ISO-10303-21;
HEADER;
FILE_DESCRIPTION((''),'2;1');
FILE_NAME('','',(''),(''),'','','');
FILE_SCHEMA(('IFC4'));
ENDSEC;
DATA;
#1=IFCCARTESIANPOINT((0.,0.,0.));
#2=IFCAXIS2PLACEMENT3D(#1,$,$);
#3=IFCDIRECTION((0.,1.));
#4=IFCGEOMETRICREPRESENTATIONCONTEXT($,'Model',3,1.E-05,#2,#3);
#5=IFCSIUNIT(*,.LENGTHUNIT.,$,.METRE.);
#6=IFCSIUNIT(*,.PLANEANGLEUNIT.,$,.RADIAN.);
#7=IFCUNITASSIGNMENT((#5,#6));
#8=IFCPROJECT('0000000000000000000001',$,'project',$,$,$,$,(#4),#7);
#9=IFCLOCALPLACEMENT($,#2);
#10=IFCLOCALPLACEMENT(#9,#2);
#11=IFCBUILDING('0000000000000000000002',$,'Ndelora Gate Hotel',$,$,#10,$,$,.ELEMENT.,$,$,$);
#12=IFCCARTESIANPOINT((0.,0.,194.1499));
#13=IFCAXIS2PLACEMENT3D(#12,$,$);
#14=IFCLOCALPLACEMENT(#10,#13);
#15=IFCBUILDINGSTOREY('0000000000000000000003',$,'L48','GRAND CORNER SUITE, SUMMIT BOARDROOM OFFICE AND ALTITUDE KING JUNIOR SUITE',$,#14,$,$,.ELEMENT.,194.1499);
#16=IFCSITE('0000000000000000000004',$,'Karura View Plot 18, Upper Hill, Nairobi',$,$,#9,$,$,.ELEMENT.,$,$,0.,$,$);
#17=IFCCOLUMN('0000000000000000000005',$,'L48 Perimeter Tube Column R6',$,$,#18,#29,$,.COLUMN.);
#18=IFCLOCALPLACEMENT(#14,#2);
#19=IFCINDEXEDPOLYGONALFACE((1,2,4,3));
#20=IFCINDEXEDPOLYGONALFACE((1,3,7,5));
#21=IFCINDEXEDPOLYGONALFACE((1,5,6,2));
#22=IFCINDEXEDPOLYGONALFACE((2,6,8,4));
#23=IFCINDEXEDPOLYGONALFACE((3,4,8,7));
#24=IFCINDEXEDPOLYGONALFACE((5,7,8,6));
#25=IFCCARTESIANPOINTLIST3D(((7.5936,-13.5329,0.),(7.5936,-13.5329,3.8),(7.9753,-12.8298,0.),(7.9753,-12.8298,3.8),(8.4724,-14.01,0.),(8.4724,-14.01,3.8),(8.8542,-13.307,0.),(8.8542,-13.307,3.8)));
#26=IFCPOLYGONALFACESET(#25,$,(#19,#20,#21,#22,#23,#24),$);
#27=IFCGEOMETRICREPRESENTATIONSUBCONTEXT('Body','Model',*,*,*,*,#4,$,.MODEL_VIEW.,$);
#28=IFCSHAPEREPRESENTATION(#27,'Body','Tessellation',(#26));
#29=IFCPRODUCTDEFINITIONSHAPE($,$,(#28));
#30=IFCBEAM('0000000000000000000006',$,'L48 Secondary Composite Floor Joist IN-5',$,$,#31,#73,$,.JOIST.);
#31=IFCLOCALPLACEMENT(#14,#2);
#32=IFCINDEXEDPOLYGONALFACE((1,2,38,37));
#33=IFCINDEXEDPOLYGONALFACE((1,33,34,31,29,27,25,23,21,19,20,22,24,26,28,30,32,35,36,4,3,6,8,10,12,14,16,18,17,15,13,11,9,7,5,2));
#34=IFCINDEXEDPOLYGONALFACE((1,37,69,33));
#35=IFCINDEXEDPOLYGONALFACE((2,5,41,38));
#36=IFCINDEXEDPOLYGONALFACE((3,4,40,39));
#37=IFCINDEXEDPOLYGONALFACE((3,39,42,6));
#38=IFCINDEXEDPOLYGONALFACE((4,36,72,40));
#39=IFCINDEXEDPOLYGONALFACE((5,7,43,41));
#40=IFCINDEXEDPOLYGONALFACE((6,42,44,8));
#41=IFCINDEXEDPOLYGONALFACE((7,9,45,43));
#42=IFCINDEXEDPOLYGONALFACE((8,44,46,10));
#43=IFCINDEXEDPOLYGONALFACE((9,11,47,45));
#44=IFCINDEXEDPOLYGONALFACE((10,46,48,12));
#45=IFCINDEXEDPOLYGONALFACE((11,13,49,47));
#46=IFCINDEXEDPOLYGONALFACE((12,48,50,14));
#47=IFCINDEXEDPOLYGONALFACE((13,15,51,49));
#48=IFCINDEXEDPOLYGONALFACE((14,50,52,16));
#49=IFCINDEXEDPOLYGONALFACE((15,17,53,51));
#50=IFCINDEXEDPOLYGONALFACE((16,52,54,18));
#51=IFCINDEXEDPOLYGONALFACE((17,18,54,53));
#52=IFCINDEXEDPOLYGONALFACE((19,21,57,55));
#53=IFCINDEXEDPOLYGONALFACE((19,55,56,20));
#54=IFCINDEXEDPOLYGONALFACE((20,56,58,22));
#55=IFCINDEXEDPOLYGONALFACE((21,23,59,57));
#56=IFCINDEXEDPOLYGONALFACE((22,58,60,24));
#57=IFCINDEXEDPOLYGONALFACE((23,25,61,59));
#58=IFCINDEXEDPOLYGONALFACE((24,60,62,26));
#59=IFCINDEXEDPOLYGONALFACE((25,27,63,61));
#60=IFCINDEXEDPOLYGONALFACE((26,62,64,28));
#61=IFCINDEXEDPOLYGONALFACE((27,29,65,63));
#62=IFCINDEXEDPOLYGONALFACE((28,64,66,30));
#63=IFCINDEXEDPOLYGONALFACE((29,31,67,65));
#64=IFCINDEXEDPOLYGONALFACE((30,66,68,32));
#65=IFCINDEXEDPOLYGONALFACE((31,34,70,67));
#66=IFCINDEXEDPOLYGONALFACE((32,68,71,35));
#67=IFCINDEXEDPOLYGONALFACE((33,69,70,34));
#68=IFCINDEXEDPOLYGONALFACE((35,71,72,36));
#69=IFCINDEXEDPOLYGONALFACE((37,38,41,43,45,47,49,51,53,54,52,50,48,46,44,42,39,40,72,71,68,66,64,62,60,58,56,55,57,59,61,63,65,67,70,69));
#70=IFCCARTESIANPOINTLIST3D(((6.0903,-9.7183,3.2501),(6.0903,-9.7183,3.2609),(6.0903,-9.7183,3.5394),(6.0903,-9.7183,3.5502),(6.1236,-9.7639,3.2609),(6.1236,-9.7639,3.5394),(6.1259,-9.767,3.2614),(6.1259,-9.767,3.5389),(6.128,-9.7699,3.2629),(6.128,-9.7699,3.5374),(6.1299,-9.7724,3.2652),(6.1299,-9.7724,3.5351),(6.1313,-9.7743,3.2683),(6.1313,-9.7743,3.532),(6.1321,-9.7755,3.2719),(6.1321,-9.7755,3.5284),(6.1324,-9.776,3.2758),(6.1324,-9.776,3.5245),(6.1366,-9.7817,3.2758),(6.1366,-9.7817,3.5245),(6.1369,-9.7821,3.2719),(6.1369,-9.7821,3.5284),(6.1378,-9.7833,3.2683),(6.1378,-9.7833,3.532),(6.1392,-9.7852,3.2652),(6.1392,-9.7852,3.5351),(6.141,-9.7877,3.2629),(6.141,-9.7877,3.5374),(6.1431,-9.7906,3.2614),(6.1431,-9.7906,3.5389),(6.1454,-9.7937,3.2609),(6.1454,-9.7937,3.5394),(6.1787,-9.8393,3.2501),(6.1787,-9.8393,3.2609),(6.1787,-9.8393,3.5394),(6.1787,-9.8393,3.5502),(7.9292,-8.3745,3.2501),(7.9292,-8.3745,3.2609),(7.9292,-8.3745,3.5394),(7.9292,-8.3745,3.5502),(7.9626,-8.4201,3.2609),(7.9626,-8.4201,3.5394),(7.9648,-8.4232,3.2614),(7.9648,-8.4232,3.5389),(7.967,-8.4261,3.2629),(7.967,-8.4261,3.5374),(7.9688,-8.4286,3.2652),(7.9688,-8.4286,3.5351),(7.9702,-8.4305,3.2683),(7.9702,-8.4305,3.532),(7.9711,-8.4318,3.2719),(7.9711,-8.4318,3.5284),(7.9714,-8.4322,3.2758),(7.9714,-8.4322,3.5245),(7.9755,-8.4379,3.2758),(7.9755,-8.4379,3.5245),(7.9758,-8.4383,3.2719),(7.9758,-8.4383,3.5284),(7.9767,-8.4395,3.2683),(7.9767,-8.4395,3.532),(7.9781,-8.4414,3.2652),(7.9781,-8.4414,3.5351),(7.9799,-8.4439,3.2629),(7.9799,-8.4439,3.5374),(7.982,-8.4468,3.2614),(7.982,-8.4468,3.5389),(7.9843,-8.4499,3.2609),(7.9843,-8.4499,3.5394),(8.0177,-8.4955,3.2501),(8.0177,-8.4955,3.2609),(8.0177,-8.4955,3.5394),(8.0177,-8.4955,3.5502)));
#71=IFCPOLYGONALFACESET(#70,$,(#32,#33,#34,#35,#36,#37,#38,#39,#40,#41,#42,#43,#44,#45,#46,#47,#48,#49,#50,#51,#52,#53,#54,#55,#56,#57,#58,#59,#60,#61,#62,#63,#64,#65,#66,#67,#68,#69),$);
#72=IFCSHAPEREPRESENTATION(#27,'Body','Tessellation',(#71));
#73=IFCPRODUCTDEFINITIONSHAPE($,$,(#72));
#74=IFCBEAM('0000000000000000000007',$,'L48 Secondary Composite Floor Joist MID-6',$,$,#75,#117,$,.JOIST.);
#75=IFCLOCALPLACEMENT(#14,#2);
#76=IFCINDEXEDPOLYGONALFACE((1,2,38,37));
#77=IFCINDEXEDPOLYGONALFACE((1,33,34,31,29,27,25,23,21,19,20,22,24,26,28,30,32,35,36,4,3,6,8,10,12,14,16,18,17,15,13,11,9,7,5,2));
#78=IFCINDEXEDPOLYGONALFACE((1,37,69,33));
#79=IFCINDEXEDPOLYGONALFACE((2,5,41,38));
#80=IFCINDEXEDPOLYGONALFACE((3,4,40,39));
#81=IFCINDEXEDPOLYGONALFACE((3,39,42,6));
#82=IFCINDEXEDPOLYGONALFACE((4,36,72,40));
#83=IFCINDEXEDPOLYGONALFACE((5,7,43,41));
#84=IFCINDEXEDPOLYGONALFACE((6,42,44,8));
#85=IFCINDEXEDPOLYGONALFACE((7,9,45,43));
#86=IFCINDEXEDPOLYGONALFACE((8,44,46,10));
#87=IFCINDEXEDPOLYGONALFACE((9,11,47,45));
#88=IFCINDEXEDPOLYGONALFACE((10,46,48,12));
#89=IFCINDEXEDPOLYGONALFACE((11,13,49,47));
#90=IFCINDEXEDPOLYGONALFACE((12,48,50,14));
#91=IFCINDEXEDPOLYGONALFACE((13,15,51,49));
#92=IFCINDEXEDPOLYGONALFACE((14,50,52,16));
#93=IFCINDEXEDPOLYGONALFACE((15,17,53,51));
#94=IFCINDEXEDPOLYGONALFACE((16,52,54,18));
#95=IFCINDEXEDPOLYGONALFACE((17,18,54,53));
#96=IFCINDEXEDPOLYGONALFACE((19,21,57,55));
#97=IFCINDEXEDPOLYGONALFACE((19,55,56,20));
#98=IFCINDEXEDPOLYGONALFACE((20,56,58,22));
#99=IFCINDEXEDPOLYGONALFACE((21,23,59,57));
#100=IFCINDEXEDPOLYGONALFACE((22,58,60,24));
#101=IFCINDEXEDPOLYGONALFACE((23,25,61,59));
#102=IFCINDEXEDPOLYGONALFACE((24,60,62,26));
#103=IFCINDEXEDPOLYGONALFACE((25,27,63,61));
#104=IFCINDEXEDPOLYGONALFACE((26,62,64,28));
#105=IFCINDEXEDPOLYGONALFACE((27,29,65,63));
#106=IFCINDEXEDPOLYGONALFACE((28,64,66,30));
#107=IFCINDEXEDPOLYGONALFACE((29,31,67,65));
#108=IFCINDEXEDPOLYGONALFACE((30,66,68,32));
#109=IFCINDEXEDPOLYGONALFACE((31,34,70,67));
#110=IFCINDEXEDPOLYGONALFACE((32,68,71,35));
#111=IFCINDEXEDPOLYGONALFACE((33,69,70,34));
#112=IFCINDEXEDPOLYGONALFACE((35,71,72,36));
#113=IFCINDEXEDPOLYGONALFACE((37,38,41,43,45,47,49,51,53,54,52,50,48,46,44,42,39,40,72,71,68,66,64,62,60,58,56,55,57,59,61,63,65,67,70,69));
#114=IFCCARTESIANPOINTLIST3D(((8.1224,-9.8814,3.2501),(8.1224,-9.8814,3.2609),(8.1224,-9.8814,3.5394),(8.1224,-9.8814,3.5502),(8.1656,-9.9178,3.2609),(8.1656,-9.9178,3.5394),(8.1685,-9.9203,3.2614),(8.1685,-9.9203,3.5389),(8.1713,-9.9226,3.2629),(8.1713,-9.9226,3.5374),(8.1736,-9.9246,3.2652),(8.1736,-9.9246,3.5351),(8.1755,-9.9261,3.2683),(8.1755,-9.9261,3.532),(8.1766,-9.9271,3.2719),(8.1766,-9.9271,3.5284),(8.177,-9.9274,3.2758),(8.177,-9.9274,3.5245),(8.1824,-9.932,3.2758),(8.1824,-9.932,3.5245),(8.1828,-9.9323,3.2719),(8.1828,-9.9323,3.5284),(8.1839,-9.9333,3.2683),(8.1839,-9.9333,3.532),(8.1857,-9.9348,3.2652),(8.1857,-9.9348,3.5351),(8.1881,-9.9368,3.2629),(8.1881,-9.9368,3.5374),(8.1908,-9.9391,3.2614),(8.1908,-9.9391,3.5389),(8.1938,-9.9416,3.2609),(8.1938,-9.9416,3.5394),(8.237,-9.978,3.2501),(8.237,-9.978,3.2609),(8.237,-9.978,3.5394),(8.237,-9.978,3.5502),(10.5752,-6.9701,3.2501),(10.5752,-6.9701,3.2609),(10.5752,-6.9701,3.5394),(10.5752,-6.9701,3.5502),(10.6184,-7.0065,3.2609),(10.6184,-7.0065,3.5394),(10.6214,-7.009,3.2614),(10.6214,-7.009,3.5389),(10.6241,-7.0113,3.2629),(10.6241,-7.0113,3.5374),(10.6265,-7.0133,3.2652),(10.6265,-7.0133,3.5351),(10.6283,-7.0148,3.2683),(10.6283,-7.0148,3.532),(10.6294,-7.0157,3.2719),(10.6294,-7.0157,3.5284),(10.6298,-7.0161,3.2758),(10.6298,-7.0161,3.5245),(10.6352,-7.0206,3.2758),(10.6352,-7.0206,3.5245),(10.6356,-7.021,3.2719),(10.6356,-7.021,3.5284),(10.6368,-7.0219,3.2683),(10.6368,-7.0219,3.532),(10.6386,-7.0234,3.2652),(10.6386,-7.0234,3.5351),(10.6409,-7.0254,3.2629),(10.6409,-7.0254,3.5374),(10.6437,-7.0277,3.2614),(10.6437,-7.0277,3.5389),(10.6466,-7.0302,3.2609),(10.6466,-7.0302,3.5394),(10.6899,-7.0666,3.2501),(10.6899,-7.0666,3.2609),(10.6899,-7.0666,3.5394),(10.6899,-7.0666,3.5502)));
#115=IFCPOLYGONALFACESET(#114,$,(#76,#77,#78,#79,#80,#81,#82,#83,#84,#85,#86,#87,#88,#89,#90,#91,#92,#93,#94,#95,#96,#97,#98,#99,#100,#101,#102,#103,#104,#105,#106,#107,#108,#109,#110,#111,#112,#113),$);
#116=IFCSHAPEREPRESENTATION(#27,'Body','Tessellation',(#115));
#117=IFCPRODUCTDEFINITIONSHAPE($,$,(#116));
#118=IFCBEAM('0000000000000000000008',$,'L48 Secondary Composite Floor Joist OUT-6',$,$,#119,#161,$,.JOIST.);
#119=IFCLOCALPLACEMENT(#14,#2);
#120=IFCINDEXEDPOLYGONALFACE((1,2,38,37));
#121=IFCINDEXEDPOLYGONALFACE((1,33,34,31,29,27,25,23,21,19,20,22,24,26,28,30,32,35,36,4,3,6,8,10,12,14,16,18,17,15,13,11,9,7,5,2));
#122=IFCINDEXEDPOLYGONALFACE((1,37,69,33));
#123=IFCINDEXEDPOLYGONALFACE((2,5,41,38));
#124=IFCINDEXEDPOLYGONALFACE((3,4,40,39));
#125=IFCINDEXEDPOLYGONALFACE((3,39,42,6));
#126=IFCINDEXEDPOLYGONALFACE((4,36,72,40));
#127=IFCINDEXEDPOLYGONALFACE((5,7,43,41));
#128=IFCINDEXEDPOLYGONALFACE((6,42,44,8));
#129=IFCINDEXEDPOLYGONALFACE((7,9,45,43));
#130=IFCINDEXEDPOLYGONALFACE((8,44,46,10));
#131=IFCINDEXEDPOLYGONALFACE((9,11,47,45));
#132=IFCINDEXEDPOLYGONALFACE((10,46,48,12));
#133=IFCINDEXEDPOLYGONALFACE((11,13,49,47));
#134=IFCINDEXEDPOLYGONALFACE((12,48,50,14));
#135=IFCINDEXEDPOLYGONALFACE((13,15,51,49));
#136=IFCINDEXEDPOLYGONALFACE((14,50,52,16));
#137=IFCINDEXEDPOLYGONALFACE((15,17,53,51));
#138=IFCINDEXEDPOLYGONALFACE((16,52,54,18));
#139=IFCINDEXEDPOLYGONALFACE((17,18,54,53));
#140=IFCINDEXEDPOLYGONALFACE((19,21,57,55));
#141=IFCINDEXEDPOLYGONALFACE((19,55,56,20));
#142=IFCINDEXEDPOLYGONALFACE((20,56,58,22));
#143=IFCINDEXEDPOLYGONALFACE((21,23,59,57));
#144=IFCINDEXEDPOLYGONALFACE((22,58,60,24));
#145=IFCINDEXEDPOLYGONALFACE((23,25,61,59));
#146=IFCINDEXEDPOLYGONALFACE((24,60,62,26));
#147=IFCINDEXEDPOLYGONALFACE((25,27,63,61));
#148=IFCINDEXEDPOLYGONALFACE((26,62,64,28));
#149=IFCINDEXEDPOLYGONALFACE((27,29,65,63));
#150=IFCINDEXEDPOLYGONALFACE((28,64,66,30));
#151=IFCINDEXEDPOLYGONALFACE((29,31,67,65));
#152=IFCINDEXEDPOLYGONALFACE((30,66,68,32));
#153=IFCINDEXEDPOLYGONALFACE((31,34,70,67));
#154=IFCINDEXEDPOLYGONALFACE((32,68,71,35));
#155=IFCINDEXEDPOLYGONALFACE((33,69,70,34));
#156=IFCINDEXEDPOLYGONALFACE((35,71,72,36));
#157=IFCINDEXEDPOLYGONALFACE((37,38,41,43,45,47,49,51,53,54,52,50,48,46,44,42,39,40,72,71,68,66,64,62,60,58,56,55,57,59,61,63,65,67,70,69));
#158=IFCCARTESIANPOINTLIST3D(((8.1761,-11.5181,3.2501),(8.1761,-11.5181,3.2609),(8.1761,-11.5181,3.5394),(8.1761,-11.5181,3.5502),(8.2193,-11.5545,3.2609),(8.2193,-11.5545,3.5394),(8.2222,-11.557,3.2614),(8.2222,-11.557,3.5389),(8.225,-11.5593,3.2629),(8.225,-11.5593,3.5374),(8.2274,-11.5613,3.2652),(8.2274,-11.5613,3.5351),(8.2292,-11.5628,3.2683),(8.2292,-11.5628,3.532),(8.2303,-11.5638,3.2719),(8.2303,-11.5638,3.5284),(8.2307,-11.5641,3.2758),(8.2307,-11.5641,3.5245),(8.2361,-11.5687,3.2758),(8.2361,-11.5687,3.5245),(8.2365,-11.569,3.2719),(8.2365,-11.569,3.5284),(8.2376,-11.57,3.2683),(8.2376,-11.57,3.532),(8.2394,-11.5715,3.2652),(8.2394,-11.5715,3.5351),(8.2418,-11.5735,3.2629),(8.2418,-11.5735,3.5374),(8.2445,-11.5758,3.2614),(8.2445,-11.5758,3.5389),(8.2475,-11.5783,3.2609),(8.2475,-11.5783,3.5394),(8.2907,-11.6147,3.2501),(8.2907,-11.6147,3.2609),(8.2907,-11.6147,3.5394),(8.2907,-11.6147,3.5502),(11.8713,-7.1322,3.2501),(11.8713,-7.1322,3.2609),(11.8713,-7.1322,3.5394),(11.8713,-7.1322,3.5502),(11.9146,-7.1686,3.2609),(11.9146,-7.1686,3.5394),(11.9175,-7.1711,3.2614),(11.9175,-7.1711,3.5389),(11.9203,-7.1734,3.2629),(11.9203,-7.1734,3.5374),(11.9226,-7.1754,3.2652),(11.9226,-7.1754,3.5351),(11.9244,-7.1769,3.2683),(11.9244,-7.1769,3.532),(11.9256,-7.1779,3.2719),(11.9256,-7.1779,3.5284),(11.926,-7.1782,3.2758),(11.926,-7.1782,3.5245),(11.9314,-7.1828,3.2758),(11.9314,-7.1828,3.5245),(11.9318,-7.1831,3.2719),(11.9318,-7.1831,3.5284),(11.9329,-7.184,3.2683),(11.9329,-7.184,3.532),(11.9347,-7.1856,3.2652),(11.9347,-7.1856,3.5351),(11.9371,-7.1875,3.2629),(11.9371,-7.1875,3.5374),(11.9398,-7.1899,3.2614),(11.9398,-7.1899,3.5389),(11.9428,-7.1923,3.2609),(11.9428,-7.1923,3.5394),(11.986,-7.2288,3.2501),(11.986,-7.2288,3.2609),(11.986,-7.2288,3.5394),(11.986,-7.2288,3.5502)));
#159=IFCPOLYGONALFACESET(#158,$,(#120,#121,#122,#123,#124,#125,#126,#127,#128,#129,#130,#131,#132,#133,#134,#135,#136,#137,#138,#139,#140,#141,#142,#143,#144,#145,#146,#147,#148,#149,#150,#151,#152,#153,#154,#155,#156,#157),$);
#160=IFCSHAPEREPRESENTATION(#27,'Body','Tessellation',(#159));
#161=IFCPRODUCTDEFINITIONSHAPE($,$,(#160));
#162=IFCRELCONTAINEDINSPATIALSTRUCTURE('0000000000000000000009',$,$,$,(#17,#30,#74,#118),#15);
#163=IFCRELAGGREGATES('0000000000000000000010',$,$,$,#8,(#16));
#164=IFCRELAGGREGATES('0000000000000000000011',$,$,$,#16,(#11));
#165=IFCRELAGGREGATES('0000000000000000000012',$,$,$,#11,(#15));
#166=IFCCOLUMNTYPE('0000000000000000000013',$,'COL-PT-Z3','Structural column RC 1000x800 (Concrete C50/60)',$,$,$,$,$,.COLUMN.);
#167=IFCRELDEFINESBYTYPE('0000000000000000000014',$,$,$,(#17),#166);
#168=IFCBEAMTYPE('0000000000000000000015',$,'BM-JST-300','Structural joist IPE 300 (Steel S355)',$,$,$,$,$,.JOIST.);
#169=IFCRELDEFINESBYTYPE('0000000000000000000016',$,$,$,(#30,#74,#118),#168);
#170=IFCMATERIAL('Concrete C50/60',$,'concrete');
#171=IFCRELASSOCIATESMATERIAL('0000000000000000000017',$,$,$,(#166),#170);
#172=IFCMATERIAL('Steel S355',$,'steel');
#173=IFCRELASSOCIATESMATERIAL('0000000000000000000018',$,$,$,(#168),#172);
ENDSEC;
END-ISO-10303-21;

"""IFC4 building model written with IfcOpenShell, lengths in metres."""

from ifc_helpers import new_model, si_unit, direction, frame, origin, origin_2d, place, context, subcontext, project, spatial, rectangle, i_section, extrude, material, material_profile, profile_set, type_object, element, save


model = new_model("IFC4")

# Units and contexts
model_context = context("Model", 3, precision=1e-05, world=origin(), true_north=direction((0.0, 1.0)))
body_context = subcontext(model_context, "Body", "Model", "MODEL_VIEW")
ifc_project = project(units=[si_unit("LENGTHUNIT", "METRE"), si_unit("PLANEANGLEUNIT", "RADIAN")], contexts=[model_context])

# Site, building, storey
site_placement = place(None, origin())
site = spatial("IfcSite", under=ifc_project, at=site_placement, Name="Karura View Plot 18, Upper Hill, Nairobi", CompositionType="ELEMENT", RefElevation=0.0)
building_placement = place(site_placement, origin())
building = spatial("IfcBuilding", under=site, at=building_placement, Name="Ndelora Gate Hotel", CompositionType="ELEMENT")
storey_placement = place(building_placement, frame((0.0, 0.0, 194.1499)))
storey = spatial("IfcBuildingStorey", under=building, at=storey_placement, Name="L48", Description="GRAND CORNER SUITE, SUMMIT BOARDROOM OFFICE AND ALTITUDE KING JUNIOR SUITE", CompositionType="ELEMENT", Elevation=194.1499)

# Column
ifc_material_1 = material(Name="Concrete C50/60", Category="concrete")
ifc_material_profile_1 = material_profile(ifc_material_1, rectangle(XDim=0.8, YDim=1.0, at=origin_2d()), Name="RC 1000x800")
ifc_profile_set_1 = profile_set([ifc_material_profile_1], Name="Concrete C50/60")
column_type = type_object("IfcColumnType", Name="COL-PT-Z3", Description="Structural column RC 1000x800 (Concrete C50/60)", PredefinedType="COLUMN", material=ifc_profile_set_1)
column_placement = place(storey_placement, frame((8.2239, -13.4199, 0.0), z_axis=(0.0, 0.0, 1.0), x_axis=(0.477159, 0.878817, 0.0)))
element("IfcColumn", 1, at=column_placement, inside=storey, type_object=column_type, Name="L48 Perimeter Tube Column R6", PredefinedType="COLUMN", context=body_context, shape_type="SweptSolid", body=[
    extrude(rectangle(XDim=0.8, YDim=1.0, at=origin_2d()), origin(), (0.0, 0.0, 1.0), 3.8),
])

# Beams
ifc_material_2 = material(Name="Steel S355", Category="steel")
ifc_material_profile_2 = material_profile(ifc_material_2, i_section(OverallWidth=0.1499, OverallDepth=0.3, WebThickness=0.0071, FlangeThickness=0.0107, FilletRadius=0.0149, at=origin_2d()), Name="IPE 300")
ifc_profile_set_2 = profile_set([ifc_material_profile_2], Name="Steel S355")
beam_type_1 = type_object("IfcBeamType", Name="BM-JST-300", Description="Structural joist IPE 300 (Steel S355)", PredefinedType="JOIST", material=ifc_profile_set_2)
beam_1_placement = place(storey_placement, frame((6.1345, -9.7788, 3.4001), z_axis=(0.807399, 0.590006, 0.0), x_axis=(-0.590006, 0.807399, 0.0)))
element("IfcBeam", 2, at=beam_1_placement, inside=storey, type_object=beam_type_1, Name="L48 Secondary Composite Floor Joist IN-5", PredefinedType="JOIST", context=body_context, shape_type="SweptSolid", body=[
    extrude(i_section(OverallWidth=0.1499, OverallDepth=0.3, WebThickness=0.0071, FlangeThickness=0.0107, FilletRadius=0.0149, at=origin_2d()), origin(), (0.0, 0.0, 1.0), 2.2776),
])
beam_2_placement = place(storey_placement, frame((8.1797, -9.9297, 3.4001), z_axis=(0.644319, 0.764757, 0.0), x_axis=(-0.764757, 0.644319, 0.0)))
element("IfcBeam", 3, at=beam_2_placement, inside=storey, type_object=beam_type_1, Name="L48 Secondary Composite Floor Joist MID-6", PredefinedType="JOIST", context=body_context, shape_type="SweptSolid", body=[
    extrude(i_section(OverallWidth=0.1499, OverallDepth=0.3, WebThickness=0.0071, FlangeThickness=0.0107, FilletRadius=0.0149, at=origin_2d()), origin(), (0.0, 0.0, 1.0), 3.8069),
])
beam_3_placement = place(storey_placement, frame((8.2334, -11.5664, 3.4001), z_axis=(0.644324, 0.764752, 0.0), x_axis=(-0.764752, 0.644324, 0.0)))
element("IfcBeam", 4, at=beam_3_placement, inside=storey, type_object=beam_type_1, Name="L48 Secondary Composite Floor Joist OUT-6", PredefinedType="JOIST", context=body_context, shape_type="SweptSolid", body=[
    extrude(i_section(OverallWidth=0.1499, OverallDepth=0.3, WebThickness=0.0071, FlangeThickness=0.0107, FilletRadius=0.0149, at=origin_2d()), origin(), (0.0, 0.0, 1.0), 5.7351),
])

save(model, "model.ifc")
